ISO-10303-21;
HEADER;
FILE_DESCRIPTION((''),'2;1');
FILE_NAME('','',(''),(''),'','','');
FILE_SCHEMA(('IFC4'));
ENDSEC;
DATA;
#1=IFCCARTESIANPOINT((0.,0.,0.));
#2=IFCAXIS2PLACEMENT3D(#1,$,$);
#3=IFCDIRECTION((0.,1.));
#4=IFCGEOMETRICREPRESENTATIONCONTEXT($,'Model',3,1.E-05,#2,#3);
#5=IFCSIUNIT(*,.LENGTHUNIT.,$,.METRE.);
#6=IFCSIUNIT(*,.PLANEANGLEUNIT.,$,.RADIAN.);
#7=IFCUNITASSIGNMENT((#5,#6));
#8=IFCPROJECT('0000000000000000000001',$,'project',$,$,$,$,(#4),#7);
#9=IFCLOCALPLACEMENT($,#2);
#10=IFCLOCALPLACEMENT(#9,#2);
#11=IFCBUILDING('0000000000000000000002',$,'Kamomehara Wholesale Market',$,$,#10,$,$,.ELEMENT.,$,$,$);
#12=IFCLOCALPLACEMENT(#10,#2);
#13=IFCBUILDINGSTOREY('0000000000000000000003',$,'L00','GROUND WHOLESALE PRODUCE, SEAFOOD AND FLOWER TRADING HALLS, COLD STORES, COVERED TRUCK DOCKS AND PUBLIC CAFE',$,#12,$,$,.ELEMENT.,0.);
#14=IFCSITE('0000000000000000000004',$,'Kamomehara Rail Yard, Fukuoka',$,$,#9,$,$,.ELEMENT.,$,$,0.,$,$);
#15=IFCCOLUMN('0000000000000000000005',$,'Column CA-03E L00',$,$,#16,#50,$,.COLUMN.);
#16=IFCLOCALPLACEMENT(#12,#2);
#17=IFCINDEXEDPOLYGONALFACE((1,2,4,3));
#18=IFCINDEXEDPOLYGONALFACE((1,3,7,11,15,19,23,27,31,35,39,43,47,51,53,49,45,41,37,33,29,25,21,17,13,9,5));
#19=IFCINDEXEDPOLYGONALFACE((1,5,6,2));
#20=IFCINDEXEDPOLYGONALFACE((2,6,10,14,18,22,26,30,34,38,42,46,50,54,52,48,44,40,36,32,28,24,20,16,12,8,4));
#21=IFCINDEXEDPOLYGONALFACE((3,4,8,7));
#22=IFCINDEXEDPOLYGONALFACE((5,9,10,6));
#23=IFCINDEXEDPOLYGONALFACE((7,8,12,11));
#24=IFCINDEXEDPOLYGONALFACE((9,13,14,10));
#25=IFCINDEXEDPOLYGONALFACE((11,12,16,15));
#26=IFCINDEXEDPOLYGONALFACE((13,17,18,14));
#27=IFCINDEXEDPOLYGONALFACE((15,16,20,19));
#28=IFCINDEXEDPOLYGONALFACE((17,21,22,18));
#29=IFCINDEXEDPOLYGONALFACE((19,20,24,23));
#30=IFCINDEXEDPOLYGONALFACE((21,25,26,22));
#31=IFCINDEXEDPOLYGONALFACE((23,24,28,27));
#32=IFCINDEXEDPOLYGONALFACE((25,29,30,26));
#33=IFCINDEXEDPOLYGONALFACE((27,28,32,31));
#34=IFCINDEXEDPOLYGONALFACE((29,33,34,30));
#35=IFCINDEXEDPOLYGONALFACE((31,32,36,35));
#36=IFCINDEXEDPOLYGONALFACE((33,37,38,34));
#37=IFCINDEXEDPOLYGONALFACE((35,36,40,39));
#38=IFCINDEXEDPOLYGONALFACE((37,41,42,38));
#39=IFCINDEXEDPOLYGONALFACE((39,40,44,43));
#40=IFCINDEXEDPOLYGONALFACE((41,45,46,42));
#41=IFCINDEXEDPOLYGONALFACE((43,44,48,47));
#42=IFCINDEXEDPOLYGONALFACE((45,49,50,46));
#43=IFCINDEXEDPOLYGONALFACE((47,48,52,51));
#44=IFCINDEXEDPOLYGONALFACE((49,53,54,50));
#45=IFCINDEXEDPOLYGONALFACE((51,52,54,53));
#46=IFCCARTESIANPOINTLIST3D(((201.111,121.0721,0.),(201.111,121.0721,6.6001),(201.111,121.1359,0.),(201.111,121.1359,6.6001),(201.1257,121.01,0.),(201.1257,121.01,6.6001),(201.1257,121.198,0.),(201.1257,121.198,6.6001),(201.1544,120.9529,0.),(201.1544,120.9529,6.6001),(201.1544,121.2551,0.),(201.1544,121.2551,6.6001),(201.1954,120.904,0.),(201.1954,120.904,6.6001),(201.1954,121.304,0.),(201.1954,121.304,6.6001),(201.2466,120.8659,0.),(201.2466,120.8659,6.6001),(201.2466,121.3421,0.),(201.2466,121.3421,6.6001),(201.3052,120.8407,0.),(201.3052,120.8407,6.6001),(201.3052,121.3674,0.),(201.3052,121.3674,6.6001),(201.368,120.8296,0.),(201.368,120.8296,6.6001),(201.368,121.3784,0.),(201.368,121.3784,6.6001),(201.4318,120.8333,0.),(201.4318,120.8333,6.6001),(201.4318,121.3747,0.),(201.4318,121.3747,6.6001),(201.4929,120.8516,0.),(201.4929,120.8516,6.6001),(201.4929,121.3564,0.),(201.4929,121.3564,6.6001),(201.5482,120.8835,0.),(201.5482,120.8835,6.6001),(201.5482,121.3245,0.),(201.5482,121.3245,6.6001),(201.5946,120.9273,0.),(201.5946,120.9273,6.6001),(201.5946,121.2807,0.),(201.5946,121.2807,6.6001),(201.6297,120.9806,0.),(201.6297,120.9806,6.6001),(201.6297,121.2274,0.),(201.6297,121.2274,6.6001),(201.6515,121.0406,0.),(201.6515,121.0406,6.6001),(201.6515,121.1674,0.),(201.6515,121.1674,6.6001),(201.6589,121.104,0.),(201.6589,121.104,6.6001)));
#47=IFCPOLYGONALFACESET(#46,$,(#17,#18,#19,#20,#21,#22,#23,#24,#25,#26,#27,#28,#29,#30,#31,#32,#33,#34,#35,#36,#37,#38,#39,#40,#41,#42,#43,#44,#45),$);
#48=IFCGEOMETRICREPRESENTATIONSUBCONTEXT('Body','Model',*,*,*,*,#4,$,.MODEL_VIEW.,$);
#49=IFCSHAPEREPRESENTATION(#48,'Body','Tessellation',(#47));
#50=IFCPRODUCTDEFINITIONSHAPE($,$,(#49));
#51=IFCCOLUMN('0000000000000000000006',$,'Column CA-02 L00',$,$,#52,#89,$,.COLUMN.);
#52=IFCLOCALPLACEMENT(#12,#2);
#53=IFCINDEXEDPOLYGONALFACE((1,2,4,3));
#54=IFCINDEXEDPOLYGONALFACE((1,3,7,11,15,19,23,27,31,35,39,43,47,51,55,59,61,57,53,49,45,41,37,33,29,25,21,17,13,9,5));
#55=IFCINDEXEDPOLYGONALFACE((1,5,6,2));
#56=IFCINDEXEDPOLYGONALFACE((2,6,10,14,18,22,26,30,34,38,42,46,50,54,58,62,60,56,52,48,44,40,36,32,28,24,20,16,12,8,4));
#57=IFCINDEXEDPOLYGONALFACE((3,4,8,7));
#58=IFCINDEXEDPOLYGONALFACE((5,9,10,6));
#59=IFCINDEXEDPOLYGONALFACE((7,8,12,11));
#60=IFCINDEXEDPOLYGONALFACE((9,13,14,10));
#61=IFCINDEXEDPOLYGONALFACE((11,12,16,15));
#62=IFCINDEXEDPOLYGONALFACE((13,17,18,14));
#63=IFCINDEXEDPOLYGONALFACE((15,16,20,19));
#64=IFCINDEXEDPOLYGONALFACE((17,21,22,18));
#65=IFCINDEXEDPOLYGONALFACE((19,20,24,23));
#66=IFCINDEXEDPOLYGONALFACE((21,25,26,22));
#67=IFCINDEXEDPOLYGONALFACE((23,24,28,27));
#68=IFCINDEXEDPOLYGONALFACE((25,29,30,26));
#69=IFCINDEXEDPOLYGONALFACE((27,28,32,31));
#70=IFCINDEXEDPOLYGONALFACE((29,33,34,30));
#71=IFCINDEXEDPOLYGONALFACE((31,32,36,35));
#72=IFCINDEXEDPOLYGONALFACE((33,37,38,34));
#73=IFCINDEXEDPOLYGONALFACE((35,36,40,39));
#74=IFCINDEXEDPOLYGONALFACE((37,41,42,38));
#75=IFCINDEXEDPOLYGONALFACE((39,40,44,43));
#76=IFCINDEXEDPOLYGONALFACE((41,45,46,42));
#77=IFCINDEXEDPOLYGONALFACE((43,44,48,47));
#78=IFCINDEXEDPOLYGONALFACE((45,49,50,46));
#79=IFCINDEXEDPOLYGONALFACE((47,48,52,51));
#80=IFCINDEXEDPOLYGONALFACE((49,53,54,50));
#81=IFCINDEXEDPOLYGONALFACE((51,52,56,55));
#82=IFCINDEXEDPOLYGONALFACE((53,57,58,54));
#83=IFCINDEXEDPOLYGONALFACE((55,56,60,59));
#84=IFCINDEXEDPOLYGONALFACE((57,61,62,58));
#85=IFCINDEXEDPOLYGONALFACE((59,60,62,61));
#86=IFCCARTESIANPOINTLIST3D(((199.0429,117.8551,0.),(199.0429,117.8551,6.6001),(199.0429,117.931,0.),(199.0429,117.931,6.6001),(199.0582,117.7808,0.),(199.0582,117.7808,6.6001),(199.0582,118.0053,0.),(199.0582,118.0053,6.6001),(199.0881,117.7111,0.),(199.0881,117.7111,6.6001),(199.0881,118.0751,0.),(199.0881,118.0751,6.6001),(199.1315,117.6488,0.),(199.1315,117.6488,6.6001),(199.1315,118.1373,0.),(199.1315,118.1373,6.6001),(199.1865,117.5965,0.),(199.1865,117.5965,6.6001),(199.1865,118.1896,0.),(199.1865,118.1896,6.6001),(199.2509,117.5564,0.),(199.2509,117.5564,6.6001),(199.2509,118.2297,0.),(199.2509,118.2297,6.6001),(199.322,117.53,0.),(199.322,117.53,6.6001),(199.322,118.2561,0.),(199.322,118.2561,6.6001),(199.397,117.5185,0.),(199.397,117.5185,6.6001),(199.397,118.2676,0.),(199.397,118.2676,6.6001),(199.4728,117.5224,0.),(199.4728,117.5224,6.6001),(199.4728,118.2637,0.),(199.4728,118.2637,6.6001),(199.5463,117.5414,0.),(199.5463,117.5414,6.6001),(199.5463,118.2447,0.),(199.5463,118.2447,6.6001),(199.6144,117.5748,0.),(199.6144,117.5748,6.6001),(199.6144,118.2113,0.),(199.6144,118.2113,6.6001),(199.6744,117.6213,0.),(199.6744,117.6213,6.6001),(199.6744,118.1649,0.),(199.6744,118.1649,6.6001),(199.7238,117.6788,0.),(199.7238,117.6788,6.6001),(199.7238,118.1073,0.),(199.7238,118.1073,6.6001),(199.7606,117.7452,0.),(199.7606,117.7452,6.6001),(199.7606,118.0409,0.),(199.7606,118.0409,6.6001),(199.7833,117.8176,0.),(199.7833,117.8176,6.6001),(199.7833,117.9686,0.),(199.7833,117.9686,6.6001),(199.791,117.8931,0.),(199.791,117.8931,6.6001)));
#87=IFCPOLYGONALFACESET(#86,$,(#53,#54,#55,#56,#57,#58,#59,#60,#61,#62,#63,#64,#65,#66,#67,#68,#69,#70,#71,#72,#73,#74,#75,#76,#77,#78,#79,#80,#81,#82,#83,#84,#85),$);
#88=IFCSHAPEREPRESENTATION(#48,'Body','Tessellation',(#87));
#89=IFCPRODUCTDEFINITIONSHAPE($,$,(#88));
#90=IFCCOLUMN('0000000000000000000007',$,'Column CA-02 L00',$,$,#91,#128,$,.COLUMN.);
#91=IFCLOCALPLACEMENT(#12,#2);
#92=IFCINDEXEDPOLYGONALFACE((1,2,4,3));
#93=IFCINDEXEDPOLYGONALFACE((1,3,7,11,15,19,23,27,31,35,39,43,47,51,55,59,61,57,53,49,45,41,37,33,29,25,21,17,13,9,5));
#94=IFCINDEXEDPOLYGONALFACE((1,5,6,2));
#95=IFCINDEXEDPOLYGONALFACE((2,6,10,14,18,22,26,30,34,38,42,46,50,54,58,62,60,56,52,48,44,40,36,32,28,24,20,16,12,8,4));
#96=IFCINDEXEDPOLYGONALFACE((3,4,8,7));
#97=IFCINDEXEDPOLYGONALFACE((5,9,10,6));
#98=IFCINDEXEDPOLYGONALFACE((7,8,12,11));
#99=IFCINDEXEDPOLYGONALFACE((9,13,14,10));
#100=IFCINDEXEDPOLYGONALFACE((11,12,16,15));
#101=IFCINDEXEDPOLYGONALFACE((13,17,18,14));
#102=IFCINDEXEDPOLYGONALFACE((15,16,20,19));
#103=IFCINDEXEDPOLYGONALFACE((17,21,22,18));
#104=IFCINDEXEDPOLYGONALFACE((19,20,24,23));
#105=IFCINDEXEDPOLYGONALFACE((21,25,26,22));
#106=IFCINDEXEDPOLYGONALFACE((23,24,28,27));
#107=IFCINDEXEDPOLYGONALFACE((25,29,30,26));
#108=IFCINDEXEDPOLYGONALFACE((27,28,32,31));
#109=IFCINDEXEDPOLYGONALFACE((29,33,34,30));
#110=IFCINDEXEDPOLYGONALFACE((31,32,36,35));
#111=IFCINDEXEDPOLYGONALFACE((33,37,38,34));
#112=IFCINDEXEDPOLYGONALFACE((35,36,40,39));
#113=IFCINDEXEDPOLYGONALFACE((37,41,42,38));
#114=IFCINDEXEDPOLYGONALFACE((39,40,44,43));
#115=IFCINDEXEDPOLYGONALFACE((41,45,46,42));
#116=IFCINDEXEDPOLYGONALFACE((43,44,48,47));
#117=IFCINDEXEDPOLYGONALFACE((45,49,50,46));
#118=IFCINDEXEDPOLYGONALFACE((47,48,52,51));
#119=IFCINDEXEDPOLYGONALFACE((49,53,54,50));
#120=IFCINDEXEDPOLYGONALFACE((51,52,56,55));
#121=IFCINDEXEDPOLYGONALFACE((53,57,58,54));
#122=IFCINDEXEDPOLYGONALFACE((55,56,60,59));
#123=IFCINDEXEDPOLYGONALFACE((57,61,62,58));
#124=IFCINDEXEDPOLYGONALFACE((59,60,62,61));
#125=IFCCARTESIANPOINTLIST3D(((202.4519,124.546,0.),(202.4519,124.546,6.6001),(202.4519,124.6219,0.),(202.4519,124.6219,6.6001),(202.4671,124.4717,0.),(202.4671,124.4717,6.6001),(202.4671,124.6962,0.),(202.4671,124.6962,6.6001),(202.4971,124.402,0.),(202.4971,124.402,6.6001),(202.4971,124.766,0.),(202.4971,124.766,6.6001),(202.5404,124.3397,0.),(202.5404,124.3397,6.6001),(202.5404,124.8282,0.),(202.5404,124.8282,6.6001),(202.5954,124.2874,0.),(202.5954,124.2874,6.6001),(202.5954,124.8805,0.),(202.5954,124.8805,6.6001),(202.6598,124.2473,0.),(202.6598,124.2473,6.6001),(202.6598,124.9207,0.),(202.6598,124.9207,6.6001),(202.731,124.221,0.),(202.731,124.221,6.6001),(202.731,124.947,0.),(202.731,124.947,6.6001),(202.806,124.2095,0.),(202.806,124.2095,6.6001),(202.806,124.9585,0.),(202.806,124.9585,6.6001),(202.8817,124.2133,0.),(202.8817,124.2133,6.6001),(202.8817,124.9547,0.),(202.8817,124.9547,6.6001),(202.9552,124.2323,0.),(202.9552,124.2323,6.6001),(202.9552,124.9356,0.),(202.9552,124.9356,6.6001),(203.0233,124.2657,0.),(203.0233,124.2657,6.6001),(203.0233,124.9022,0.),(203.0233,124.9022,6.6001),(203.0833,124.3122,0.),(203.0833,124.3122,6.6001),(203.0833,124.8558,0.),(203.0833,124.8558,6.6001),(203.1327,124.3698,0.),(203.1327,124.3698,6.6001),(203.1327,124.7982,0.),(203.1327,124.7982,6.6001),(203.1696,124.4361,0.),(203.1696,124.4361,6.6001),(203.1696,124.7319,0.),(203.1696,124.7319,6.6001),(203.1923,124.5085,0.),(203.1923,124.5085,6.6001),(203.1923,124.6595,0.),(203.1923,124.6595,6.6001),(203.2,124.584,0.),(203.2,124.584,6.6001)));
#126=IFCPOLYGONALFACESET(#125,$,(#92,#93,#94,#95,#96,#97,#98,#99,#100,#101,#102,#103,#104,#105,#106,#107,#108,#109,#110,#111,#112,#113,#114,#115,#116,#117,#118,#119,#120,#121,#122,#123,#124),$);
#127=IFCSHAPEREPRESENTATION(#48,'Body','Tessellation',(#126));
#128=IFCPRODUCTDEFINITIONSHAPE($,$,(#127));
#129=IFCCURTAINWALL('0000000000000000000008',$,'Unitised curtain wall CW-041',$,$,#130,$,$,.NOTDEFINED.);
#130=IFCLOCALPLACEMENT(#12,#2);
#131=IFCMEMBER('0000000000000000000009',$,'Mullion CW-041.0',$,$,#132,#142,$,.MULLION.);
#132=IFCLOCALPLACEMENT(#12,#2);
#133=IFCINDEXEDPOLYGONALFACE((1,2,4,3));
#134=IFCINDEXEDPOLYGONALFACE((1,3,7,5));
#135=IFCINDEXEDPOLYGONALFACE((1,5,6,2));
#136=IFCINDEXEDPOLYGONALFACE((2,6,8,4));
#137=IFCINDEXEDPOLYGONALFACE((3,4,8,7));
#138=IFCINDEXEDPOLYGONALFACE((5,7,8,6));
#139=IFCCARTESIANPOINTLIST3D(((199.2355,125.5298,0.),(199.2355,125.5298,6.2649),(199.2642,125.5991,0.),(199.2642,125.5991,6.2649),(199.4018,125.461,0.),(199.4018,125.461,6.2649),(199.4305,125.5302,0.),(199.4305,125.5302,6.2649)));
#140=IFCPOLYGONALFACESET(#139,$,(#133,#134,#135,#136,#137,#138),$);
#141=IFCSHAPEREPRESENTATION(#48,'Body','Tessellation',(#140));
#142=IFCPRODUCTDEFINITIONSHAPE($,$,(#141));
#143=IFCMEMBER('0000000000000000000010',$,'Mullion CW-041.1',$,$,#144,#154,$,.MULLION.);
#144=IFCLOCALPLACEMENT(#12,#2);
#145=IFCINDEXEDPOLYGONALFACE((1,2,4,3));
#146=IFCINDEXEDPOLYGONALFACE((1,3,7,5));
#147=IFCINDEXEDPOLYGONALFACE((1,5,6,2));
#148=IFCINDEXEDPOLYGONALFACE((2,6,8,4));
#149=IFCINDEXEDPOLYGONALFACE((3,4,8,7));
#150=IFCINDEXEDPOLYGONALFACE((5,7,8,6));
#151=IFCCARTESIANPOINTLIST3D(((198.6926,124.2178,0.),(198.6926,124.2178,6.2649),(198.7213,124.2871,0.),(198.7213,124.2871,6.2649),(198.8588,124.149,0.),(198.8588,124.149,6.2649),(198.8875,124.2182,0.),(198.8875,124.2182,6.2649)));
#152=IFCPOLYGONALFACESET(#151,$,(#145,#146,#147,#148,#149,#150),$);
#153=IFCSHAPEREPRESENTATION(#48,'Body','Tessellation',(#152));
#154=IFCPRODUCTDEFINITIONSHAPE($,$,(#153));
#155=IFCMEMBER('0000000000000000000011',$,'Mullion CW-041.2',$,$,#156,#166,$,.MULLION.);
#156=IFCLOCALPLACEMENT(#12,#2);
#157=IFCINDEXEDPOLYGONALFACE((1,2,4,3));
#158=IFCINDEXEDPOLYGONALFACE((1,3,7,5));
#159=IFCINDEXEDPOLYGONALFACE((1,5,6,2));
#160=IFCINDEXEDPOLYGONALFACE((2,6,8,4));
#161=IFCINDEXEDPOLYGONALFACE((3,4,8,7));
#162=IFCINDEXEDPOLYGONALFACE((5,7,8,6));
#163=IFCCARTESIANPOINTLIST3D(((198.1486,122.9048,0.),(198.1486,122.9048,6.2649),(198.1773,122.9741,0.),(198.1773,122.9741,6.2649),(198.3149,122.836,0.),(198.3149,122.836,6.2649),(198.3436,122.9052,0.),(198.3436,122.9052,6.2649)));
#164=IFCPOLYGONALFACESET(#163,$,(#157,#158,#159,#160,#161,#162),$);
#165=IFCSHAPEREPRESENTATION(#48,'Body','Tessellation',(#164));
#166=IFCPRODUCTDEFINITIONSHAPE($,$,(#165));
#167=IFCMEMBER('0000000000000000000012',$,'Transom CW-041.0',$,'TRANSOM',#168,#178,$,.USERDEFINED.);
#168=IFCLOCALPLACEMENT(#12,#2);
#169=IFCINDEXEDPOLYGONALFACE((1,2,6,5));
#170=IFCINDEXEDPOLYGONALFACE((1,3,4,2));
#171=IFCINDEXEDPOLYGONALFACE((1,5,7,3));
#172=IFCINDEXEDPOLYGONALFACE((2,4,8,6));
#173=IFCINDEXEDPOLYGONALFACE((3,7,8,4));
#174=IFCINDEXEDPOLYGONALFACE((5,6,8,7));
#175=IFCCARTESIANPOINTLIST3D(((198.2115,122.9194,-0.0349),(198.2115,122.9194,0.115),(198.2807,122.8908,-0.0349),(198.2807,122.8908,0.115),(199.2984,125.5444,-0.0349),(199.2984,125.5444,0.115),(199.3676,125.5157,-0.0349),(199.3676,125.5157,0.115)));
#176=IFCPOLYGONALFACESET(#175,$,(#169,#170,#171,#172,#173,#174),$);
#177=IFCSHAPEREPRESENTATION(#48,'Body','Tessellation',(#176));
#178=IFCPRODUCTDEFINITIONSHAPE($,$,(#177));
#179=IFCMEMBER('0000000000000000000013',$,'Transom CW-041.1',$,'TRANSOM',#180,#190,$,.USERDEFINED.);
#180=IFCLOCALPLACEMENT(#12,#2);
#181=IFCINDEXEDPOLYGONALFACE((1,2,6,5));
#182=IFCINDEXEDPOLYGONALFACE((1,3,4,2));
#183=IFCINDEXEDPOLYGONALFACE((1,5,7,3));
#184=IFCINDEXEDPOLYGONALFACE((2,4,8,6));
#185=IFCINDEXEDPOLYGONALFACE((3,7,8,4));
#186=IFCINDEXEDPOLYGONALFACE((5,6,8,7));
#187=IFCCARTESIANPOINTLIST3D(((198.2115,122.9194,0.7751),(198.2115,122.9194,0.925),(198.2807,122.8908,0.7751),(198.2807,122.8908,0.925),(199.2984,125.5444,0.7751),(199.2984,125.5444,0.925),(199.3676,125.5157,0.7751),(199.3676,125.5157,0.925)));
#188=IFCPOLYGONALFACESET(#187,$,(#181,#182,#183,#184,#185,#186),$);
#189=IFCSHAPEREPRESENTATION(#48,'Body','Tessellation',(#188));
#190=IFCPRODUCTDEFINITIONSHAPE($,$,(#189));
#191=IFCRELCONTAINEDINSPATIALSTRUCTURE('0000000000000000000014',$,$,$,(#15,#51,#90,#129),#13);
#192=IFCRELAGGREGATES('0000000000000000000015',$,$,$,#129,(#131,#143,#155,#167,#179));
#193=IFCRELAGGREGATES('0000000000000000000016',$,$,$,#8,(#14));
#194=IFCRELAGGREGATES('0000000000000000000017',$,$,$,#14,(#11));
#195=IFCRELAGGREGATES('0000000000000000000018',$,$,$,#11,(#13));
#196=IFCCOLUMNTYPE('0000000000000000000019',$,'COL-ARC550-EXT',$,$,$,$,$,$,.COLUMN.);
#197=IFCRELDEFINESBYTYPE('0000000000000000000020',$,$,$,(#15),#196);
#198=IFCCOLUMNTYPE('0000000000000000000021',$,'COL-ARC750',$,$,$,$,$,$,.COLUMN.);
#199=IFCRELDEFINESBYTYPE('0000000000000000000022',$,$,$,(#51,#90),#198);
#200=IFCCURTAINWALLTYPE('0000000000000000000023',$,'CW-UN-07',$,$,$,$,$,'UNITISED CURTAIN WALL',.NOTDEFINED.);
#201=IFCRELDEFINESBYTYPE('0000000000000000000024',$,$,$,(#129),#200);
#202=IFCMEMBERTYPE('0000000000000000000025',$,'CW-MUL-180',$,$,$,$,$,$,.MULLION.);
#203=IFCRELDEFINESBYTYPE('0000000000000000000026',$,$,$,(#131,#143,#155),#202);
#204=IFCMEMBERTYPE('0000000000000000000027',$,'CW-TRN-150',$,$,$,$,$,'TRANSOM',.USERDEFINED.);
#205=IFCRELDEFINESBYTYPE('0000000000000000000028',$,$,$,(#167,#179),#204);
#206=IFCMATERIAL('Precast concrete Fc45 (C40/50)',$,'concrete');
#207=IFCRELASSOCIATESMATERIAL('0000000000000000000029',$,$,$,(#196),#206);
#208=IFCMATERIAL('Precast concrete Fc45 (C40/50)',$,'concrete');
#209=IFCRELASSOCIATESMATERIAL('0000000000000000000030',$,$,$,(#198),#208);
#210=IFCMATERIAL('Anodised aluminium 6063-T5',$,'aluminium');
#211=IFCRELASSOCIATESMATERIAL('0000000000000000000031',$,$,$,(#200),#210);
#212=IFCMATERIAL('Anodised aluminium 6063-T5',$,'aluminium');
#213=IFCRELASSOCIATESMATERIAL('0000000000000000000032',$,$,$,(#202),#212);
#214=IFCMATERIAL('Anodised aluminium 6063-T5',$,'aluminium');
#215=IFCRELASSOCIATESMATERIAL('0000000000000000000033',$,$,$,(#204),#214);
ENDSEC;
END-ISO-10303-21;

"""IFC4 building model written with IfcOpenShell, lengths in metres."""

from ifc_helpers import new_model, si_unit, direction, frame, origin, origin_2d, place, context, subcontext, project, spatial, rectangle, circle, extrude, material, material_profile, profile_set, type_object, element, aggregate, save


model = new_model("IFC4")

# Units and contexts
model_context = context("Model", 3, precision=1e-05, world=origin(), true_north=direction((0.0, 1.0)))
body_context = subcontext(model_context, "Body", "Model", "MODEL_VIEW")
ifc_project = project(units=[si_unit("LENGTHUNIT", "METRE"), si_unit("PLANEANGLEUNIT", "RADIAN")], contexts=[model_context])

# Site, building, storey
site_placement = place(None, origin())
site = spatial("IfcSite", under=ifc_project, at=site_placement, Name="Kamomehara Rail Yard, Fukuoka", CompositionType="ELEMENT", RefElevation=0.0)
building_placement = place(site_placement, origin())
building = spatial("IfcBuilding", under=site, at=building_placement, Name="Kamomehara Wholesale Market", CompositionType="ELEMENT")
storey_placement = place(building_placement, origin())
storey = spatial("IfcBuildingStorey", under=building, at=storey_placement, Name="L00", Description="GROUND WHOLESALE PRODUCE, SEAFOOD AND FLOWER TRADING HALLS, COLD STORES, COVERED TRUCK DOCKS AND PUBLIC CAFE", CompositionType="ELEMENT", Elevation=0.0)

# Columns
ifc_material_1 = material(Name="Precast concrete Fc45 (C40/50)", Category="concrete")
ifc_material_profile_1 = material_profile(ifc_material_1, circle(Radius=0.2749, at=origin_2d()), Name="PC-ARC-D550")
ifc_profile_set_1 = profile_set([ifc_material_profile_1], Name="Precast concrete Fc45 (C40/50)")
column_type_1 = type_object("IfcColumnType", Name="COL-ARC550-EXT", PredefinedType="COLUMN", material=ifc_profile_set_1)
column_placement = place(storey_placement, frame((201.384, 121.104, 0.0), z_axis=(0.0, 0.0, 1.0), x_axis=(1.0, 0.0, 0.0)))
element("IfcColumn", 1, at=column_placement, inside=storey, type_object=column_type_1, Name="Column CA-03E L00", PredefinedType="COLUMN", context=body_context, shape_type="SweptSolid", body=[
    extrude(circle(Radius=0.2749, at=origin_2d()), origin(), (0.0, 0.0, 1.0), 6.6001),
])
ifc_material_2 = material(Name="Precast concrete Fc45 (C40/50)", Category="concrete")
ifc_material_profile_2 = material_profile(ifc_material_2, circle(Radius=0.375, at=origin_2d()), Name="PC-ARC-D750")
ifc_profile_set_2 = profile_set([ifc_material_profile_2], Name="Precast concrete Fc45 (C40/50)")
column_type_2 = type_object("IfcColumnType", Name="COL-ARC750", PredefinedType="COLUMN", material=ifc_profile_set_2)
for number, where, z_axis, x_axis, name in (
    (2, (199.416, 117.8931, 0.0), (0.0, 0.0, 1.0), (1.0, 0.0, 0.0), "Column CA-02 L00"),
    (3, (202.825, 124.584, 0.0), (0.0, 0.0, 1.0), (1.0, 0.0, 0.0), "Column CA-02 L00"),
):
    element("IfcColumn", number, at=place(storey_placement, frame(where, z_axis=z_axis, x_axis=x_axis)), inside=storey, type_object=column_type_2, Name=name, PredefinedType="COLUMN", context=body_context, shape_type="SweptSolid", body=[
        extrude(circle(Radius=0.375, at=origin_2d()), origin(), (0.0, 0.0, 1.0), 6.6001),
    ])

# Curtain wall, members
ifc_material_3 = material(Name="Anodised aluminium 6063-T5", Category="aluminium")
curtain_wall_type = type_object("IfcCurtainWallType", Name="CW-UN-07", ElementType="UNITISED CURTAIN WALL", PredefinedType="NOTDEFINED", material=ifc_material_3)
curtain_wall_1_placement = place(storey_placement, origin())
curtain_wall_1 = element("IfcCurtainWall", 4, at=curtain_wall_1_placement, inside=storey, type_object=curtain_wall_type, Name="Unitised curtain wall CW-041", PredefinedType="NOTDEFINED")
ifc_material_4 = material(Name="Anodised aluminium 6063-T5", Category="aluminium")
ifc_material_profile_3 = material_profile(ifc_material_4, rectangle(XDim=0.075, YDim=0.1799, at=origin_2d()), Name="ALU-MUL-75x180")
ifc_profile_set_3 = profile_set([ifc_material_profile_3], Name="Anodised aluminium 6063-T5")
member_type_1 = type_object("IfcMemberType", Name="CW-MUL-180", PredefinedType="MULLION", material=ifc_profile_set_3)
member_1_placement = place(storey_placement, frame((199.333, 125.53, 0.0), z_axis=(0.0, 0.0, 1.0), x_axis=(-0.38259, -0.923918, 0.0)))
member_1 = element("IfcMember", 5, at=member_1_placement, type_object=member_type_1, Name="Mullion CW-041.0", PredefinedType="MULLION", context=body_context, shape_type="SweptSolid", body=[
    extrude(rectangle(XDim=0.075, YDim=0.1799, at=origin_2d()), origin(), (0.0, 0.0, 1.0), 6.2649),
])
member_2_placement = place(storey_placement, frame((198.79, 124.218, 0.0), z_axis=(0.0, 0.0, 1.0), x_axis=(-0.38259, -0.923918, 0.0)))
member_2 = element("IfcMember", 6, at=member_2_placement, type_object=member_type_1, Name="Mullion CW-041.1", PredefinedType="MULLION", context=body_context, shape_type="SweptSolid", body=[
    extrude(rectangle(XDim=0.075, YDim=0.1799, at=origin_2d()), origin(), (0.0, 0.0, 1.0), 6.2649),
])
member_3_placement = place(storey_placement, frame((198.2461, 122.905, 0.0), z_axis=(0.0, 0.0, 1.0), x_axis=(-0.38259, -0.923918, 0.0)))
member_3 = element("IfcMember", 7, at=member_3_placement, type_object=member_type_1, Name="Mullion CW-041.2", PredefinedType="MULLION", context=body_context, shape_type="SweptSolid", body=[
    extrude(rectangle(XDim=0.075, YDim=0.1799, at=origin_2d()), origin(), (0.0, 0.0, 1.0), 6.2649),
])
ifc_material_5 = material(Name="Anodised aluminium 6063-T5", Category="aluminium")
ifc_material_profile_4 = material_profile(ifc_material_5, rectangle(XDim=0.075, YDim=0.1499, at=origin_2d()), Name="ALU-TRN-75x150")
ifc_profile_set_4 = profile_set([ifc_material_profile_4], Name="Anodised aluminium 6063-T5")
member_type_2 = type_object("IfcMemberType", Name="CW-TRN-150", ElementType="TRANSOM", PredefinedType="USERDEFINED", material=ifc_profile_set_4)
member_4_placement = place(storey_placement, frame((199.333, 125.53, 0.04), z_axis=(-0.382564, -0.923929, 0.0), x_axis=(0.923929, -0.382564, 0.0)))
member_4 = element("IfcMember", 8, at=member_4_placement, type_object=member_type_2, Name="Transom CW-041.0", ObjectType="TRANSOM", PredefinedType="USERDEFINED", context=body_context, shape_type="SweptSolid", body=[
    extrude(rectangle(XDim=0.075, YDim=0.1499, at=origin_2d()), origin(), (0.0, 0.0, 1.0), 2.8411),
])
member_5_placement = place(storey_placement, frame((199.333, 125.53, 0.8501), z_axis=(-0.382564, -0.923929, 0.0), x_axis=(0.923929, -0.382564, 0.0)))
member_5 = element("IfcMember", 9, at=member_5_placement, type_object=member_type_2, Name="Transom CW-041.1", ObjectType="TRANSOM", PredefinedType="USERDEFINED", context=body_context, shape_type="SweptSolid", body=[
    extrude(rectangle(XDim=0.075, YDim=0.1499, at=origin_2d()), origin(), (0.0, 0.0, 1.0), 2.8411),
])

aggregate(curtain_wall_1, [member_1, member_2, member_3, member_4, member_5])

save(model, "model.ifc")
